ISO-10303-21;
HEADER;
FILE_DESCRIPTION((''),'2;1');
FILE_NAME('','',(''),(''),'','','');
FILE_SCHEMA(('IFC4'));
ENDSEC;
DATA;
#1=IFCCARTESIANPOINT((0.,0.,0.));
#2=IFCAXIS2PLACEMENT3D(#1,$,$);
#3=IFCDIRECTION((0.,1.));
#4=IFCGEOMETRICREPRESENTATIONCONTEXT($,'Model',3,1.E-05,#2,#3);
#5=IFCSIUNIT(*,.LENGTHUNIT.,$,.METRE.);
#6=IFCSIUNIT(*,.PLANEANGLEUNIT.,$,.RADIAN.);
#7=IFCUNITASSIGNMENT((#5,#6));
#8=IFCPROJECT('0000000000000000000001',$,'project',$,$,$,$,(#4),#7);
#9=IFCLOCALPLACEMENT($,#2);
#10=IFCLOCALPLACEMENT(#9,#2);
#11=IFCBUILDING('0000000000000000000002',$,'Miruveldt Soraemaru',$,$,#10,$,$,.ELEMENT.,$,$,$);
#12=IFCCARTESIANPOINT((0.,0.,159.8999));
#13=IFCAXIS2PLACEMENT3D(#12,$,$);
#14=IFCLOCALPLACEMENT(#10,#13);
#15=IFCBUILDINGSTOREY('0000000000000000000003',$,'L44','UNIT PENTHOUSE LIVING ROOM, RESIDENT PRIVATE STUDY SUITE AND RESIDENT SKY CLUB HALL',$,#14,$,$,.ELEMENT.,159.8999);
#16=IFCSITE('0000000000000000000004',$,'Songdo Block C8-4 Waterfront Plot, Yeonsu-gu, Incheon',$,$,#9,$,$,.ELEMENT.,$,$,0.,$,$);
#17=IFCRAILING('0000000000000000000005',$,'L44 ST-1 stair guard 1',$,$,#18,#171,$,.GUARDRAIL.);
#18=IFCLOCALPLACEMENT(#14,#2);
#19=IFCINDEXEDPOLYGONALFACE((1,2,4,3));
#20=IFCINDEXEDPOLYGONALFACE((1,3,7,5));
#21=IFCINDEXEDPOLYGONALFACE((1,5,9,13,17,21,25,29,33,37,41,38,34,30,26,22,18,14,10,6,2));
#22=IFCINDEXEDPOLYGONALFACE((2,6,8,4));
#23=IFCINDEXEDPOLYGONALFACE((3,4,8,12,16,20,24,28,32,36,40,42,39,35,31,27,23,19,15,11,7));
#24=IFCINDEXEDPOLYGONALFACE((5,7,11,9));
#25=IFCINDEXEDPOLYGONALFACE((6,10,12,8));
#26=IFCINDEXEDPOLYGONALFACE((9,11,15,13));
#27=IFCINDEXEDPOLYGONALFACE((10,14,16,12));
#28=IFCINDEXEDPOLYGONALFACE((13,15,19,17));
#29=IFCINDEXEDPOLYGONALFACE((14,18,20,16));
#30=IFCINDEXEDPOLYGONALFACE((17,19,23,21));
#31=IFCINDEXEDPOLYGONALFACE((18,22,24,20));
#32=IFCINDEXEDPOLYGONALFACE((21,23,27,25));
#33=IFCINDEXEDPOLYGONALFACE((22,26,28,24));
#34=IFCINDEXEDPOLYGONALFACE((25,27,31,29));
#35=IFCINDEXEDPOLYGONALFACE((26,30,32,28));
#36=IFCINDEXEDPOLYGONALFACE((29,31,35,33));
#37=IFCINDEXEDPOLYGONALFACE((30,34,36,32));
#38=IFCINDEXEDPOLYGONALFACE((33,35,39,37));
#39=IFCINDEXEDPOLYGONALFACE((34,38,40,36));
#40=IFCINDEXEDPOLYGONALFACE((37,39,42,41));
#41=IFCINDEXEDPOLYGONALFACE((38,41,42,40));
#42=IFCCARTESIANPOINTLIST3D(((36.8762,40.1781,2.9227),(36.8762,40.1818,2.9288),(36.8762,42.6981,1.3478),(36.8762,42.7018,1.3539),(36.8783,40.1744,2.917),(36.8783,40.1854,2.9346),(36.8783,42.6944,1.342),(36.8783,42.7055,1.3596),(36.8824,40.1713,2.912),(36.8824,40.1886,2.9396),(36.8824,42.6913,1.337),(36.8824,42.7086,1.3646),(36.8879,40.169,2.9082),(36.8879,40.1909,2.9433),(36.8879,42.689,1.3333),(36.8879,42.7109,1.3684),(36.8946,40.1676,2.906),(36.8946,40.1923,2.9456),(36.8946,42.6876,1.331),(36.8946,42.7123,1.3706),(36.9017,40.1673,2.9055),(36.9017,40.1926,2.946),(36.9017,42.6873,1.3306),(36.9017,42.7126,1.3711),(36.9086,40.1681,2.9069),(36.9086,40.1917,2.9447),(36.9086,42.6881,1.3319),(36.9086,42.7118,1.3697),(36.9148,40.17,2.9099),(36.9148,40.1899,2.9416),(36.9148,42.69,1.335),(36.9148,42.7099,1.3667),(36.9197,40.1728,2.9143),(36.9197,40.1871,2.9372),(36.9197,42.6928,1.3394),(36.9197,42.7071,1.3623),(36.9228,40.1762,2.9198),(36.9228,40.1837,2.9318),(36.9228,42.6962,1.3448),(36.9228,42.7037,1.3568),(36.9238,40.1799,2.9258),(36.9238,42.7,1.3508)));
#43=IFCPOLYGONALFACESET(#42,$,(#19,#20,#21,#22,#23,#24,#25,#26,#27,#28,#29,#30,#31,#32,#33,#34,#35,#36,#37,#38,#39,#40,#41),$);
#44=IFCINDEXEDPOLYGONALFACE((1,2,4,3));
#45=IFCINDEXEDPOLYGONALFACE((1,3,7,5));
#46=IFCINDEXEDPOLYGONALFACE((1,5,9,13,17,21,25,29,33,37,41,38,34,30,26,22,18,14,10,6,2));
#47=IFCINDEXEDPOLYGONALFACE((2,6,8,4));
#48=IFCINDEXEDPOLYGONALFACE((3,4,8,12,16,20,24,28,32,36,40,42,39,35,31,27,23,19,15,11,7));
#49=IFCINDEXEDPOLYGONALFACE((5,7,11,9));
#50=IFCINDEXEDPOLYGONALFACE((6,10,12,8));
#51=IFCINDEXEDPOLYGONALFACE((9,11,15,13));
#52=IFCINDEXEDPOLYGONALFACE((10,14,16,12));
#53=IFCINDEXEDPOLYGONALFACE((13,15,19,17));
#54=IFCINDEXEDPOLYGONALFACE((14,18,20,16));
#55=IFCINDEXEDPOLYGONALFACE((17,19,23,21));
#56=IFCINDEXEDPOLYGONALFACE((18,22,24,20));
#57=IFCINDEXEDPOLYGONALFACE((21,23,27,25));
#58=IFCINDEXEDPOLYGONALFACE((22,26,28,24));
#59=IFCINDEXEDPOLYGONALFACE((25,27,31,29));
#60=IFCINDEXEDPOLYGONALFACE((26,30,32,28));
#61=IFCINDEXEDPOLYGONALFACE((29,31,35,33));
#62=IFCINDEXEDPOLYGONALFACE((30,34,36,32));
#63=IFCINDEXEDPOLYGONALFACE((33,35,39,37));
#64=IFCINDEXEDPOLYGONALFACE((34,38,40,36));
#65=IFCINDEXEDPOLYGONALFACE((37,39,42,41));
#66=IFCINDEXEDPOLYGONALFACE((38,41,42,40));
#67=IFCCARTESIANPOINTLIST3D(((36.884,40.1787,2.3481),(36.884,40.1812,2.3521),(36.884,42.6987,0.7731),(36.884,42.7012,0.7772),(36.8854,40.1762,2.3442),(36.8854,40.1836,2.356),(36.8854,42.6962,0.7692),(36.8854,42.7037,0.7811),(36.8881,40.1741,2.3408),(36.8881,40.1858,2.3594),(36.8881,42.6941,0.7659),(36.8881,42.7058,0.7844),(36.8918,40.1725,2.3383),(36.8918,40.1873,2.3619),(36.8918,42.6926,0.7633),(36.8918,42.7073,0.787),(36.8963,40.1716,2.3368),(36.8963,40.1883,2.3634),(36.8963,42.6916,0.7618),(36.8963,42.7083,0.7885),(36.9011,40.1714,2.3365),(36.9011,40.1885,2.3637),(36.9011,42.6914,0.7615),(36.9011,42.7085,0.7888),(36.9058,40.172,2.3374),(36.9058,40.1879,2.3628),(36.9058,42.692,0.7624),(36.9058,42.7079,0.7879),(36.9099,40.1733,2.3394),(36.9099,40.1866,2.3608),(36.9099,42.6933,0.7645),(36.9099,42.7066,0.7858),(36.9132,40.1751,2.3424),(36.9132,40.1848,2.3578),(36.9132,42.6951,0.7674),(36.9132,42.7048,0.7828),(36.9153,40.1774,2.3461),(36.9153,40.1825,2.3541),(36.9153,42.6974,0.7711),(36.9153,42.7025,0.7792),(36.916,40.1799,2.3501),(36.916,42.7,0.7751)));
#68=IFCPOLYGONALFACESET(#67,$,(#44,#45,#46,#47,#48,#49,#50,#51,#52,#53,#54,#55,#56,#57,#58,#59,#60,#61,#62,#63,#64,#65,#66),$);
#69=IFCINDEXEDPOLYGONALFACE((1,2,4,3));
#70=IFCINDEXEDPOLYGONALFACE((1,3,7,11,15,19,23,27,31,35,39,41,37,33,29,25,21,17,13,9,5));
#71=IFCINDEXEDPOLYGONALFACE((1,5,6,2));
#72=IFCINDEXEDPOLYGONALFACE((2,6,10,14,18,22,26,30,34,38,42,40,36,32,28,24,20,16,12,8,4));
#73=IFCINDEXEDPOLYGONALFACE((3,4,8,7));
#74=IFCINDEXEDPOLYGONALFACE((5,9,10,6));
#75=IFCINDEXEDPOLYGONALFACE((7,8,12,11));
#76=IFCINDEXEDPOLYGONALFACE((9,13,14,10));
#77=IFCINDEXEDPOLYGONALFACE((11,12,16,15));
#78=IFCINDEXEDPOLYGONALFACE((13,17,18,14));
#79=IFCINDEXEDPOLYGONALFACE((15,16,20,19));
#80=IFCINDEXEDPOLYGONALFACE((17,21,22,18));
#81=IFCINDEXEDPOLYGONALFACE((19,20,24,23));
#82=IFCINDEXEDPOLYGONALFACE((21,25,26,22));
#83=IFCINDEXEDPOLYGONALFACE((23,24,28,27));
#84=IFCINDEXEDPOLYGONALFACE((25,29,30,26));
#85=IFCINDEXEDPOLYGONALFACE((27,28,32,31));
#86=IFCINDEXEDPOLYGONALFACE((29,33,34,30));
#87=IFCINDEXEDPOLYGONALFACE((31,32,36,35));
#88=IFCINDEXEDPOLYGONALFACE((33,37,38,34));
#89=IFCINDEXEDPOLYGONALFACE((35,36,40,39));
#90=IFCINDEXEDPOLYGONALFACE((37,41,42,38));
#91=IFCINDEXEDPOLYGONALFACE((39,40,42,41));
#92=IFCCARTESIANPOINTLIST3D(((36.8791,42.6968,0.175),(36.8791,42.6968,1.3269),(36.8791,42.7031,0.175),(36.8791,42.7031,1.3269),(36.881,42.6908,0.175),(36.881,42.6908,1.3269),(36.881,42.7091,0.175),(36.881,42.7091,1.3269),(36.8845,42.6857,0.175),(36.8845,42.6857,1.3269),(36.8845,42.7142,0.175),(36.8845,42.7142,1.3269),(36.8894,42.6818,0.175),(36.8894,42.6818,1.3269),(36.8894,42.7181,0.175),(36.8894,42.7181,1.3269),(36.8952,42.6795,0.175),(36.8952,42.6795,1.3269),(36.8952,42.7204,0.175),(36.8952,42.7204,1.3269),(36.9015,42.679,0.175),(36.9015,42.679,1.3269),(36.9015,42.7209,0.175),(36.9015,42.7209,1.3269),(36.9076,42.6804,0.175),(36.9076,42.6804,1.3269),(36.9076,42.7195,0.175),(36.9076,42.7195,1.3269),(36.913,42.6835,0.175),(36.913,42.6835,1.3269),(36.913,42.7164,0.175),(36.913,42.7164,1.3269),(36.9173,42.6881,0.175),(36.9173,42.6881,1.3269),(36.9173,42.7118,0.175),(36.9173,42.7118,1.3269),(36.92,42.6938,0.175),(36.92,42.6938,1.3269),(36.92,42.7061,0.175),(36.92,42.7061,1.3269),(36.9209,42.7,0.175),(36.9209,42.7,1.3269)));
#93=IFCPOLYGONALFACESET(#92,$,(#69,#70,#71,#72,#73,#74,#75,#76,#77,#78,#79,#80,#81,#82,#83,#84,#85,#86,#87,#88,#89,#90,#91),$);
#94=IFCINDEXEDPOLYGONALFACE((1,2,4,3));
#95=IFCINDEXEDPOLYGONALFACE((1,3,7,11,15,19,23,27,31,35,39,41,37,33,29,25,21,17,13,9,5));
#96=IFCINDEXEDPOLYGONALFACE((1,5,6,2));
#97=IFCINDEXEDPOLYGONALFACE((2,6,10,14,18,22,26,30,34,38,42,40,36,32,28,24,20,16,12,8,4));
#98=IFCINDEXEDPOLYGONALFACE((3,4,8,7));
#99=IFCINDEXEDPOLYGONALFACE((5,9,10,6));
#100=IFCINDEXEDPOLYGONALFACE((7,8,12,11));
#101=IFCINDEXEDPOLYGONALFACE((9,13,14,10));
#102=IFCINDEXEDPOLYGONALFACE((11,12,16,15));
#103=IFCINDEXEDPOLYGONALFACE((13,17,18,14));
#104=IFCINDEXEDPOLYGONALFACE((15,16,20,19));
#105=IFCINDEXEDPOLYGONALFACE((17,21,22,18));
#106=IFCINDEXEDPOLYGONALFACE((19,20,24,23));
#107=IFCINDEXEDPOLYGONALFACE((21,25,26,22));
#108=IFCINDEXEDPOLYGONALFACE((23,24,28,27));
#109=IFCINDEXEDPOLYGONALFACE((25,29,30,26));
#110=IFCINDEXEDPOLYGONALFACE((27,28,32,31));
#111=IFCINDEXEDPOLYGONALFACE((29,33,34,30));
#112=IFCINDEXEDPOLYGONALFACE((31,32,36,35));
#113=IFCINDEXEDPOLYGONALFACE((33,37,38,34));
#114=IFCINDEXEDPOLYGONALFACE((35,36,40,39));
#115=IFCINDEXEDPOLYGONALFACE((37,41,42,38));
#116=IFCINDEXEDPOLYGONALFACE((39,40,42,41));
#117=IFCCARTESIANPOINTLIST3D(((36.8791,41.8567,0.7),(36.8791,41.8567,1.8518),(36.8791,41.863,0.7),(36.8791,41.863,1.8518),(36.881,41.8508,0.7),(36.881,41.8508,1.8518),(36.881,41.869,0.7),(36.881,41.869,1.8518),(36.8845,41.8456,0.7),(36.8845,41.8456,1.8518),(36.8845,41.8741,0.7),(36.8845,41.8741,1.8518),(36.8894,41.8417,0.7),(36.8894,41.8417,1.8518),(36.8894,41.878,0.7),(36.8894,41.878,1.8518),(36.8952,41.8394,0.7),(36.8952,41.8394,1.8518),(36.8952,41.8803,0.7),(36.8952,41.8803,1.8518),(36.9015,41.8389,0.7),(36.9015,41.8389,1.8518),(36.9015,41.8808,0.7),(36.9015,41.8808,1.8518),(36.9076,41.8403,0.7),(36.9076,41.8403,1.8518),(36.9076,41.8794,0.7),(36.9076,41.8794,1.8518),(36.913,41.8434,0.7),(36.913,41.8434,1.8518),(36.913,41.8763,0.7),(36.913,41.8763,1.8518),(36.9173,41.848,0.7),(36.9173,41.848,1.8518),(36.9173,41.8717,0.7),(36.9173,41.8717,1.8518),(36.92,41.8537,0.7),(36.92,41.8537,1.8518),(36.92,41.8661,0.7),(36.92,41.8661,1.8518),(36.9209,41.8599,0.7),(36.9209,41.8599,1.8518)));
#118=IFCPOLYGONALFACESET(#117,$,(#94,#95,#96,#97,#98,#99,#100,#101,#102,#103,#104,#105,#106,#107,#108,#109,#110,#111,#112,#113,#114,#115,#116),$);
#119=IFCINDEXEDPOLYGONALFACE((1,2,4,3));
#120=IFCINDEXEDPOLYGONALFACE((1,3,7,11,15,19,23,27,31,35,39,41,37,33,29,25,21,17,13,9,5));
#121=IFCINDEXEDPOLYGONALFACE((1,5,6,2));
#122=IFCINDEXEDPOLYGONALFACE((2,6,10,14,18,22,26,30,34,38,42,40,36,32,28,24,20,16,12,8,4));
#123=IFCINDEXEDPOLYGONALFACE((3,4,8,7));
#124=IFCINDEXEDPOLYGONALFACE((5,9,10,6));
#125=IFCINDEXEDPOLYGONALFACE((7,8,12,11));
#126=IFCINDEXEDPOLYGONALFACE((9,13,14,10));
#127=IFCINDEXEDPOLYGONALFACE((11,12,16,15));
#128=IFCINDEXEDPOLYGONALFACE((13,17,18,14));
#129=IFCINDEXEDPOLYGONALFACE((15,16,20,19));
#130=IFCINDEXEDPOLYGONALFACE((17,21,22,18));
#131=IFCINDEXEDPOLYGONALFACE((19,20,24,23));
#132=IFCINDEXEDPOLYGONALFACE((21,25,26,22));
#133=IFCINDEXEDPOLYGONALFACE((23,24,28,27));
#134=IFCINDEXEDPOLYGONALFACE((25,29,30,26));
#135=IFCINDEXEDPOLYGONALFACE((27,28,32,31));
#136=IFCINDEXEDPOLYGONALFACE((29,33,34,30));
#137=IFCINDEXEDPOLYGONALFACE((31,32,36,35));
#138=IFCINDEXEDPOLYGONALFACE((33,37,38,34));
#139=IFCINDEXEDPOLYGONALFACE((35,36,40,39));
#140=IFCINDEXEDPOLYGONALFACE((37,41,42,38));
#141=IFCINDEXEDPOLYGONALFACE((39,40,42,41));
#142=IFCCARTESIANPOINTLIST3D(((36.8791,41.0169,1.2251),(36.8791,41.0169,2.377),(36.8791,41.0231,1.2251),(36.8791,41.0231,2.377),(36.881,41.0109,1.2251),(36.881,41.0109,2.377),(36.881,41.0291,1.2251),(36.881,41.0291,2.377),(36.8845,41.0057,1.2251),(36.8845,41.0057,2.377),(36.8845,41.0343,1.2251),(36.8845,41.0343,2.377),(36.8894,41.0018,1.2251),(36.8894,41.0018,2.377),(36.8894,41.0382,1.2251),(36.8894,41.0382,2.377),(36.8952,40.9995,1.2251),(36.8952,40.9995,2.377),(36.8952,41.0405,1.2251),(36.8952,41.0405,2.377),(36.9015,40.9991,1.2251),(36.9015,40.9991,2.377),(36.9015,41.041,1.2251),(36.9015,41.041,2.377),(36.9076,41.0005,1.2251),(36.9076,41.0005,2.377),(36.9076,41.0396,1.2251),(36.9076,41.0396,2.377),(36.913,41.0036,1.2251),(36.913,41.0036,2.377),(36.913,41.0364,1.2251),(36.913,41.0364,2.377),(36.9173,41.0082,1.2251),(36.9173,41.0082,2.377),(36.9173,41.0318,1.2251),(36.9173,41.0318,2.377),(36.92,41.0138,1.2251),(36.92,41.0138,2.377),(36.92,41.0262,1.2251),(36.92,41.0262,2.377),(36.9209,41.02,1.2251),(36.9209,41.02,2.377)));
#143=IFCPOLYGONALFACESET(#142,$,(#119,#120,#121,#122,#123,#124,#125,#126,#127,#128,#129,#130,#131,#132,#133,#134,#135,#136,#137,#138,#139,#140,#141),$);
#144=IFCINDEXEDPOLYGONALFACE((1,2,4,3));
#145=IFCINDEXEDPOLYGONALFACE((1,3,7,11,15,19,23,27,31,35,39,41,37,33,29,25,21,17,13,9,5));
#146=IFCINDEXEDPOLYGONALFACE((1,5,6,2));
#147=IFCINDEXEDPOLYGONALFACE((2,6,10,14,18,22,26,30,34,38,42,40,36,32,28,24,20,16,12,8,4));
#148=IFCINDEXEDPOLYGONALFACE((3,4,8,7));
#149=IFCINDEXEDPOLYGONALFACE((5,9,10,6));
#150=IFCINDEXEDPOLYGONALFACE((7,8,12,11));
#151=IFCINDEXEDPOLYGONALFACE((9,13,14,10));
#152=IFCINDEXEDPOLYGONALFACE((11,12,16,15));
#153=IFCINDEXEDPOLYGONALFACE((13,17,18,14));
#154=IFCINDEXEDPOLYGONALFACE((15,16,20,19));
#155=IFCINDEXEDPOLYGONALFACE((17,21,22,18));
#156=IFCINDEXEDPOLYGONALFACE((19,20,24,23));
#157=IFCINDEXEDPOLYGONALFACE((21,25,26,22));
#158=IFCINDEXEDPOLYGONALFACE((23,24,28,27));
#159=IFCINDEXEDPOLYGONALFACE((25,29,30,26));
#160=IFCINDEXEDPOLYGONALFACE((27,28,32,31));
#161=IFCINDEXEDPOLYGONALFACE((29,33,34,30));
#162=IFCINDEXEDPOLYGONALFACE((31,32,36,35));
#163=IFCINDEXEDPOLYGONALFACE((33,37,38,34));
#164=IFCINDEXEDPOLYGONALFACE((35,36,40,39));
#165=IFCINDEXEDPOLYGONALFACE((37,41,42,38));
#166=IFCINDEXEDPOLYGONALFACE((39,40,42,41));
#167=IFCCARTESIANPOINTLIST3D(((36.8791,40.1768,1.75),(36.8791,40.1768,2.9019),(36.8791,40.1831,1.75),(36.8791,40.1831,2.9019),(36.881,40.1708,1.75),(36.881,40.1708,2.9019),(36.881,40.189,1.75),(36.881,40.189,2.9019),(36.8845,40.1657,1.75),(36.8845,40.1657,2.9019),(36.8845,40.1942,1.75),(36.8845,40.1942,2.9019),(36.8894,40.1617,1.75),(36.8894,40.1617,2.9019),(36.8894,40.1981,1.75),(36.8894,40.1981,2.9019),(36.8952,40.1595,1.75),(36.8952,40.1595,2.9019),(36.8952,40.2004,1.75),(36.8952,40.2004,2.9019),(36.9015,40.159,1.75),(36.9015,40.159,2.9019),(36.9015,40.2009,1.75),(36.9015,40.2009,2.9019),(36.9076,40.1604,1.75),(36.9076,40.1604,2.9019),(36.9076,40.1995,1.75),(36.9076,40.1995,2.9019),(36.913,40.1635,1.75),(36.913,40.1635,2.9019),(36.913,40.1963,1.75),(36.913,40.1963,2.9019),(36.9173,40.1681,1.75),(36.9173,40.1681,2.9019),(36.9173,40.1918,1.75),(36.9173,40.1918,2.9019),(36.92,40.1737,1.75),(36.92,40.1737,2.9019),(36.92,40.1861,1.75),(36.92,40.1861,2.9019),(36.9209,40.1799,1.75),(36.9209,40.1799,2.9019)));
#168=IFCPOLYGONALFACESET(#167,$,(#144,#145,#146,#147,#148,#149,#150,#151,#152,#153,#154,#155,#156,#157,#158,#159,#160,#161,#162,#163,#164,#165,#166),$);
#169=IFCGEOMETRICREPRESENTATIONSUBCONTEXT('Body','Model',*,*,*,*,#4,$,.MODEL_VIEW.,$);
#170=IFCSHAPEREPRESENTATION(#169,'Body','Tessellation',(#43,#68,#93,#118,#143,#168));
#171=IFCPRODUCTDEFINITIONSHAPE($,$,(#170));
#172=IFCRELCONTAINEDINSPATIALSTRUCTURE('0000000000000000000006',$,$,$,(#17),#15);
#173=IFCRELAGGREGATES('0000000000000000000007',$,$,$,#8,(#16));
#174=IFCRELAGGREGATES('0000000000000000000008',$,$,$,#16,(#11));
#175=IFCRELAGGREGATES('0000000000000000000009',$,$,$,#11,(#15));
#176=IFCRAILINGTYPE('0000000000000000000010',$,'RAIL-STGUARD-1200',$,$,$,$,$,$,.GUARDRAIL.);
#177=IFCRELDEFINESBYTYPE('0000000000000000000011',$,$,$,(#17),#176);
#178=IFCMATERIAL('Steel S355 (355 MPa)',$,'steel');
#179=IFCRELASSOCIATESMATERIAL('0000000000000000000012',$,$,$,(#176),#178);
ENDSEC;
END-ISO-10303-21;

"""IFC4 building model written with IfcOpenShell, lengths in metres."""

from ifc_helpers import new_model, si_unit, direction, frame, origin, origin_2d, place, context, subcontext, project, spatial, circle, extrude, material, type_object, element, save


model = new_model("IFC4")

# Units and contexts
model_context = context("Model", 3, precision=1e-05, world=origin(), true_north=direction((0.0, 1.0)))
body_context = subcontext(model_context, "Body", "Model", "MODEL_VIEW")
ifc_project = project(units=[si_unit("LENGTHUNIT", "METRE"), si_unit("PLANEANGLEUNIT", "RADIAN")], contexts=[model_context])

# Site, building, storey
site_placement = place(None, origin())
site = spatial("IfcSite", under=ifc_project, at=site_placement, Name="Songdo Block C8-4 Waterfront Plot, Yeonsu-gu, Incheon", CompositionType="ELEMENT", RefElevation=0.0)
building_placement = place(site_placement, origin())
building = spatial("IfcBuilding", under=site, at=building_placement, Name="Miruveldt Soraemaru", CompositionType="ELEMENT")
storey_placement = place(building_placement, frame((0.0, 0.0, 159.8999)))
storey = spatial("IfcBuildingStorey", under=building, at=storey_placement, Name="L44", Description="UNIT PENTHOUSE LIVING ROOM, RESIDENT PRIVATE STUDY SUITE AND RESIDENT SKY CLUB HALL", CompositionType="ELEMENT", Elevation=159.8999)

# Railing
ifc_material_1 = material(Name="Steel S355 (355 MPa)", Category="steel")
railing_type = type_object("IfcRailingType", Name="RAIL-STGUARD-1200", PredefinedType="GUARDRAIL", material=ifc_material_1)
railing_1_placement = place(storey_placement, frame((36.8999, 42.7, 0.175)))
element("IfcRailing", 1, at=railing_1_placement, inside=storey, type_object=railing_type, Name="L44 ST-1 stair guard 1", PredefinedType="GUARDRAIL", context=body_context, shape_type="SweptSolid", body=[
    extrude(circle(Radius=0.0239, at=origin_2d()), frame((0.0, 0.0, 1.1758), z_axis=(0.0, -0.848008, 0.529984), x_axis=(1.0, 0.0, 0.0)), (0.0, 0.0, 1.0), 2.9717),
    extrude(circle(Radius=0.0161, at=origin_2d()), frame((0.0, 0.0, 0.6001), z_axis=(0.0, -0.848008, 0.529984), x_axis=(1.0, 0.0, 0.0)), (0.0, 0.0, 1.0), 2.9717),
    extrude(circle(Radius=0.021, at=origin_2d()), origin(), (0.0, 0.0, 1.0), 1.1519),
    extrude(circle(Radius=0.021, at=origin_2d()), frame((0.0, -0.8401, 0.5249)), (0.0, 0.0, 1.0), 1.1519),
    extrude(circle(Radius=0.021, at=origin_2d()), frame((0.0, -1.6799, 1.05)), (0.0, 0.0, 1.0), 1.1519),
    extrude(circle(Radius=0.021, at=origin_2d()), frame((0.0, -2.52, 1.575)), (0.0, 0.0, 1.0), 1.1519),
])

save(model, "model.ifc")
